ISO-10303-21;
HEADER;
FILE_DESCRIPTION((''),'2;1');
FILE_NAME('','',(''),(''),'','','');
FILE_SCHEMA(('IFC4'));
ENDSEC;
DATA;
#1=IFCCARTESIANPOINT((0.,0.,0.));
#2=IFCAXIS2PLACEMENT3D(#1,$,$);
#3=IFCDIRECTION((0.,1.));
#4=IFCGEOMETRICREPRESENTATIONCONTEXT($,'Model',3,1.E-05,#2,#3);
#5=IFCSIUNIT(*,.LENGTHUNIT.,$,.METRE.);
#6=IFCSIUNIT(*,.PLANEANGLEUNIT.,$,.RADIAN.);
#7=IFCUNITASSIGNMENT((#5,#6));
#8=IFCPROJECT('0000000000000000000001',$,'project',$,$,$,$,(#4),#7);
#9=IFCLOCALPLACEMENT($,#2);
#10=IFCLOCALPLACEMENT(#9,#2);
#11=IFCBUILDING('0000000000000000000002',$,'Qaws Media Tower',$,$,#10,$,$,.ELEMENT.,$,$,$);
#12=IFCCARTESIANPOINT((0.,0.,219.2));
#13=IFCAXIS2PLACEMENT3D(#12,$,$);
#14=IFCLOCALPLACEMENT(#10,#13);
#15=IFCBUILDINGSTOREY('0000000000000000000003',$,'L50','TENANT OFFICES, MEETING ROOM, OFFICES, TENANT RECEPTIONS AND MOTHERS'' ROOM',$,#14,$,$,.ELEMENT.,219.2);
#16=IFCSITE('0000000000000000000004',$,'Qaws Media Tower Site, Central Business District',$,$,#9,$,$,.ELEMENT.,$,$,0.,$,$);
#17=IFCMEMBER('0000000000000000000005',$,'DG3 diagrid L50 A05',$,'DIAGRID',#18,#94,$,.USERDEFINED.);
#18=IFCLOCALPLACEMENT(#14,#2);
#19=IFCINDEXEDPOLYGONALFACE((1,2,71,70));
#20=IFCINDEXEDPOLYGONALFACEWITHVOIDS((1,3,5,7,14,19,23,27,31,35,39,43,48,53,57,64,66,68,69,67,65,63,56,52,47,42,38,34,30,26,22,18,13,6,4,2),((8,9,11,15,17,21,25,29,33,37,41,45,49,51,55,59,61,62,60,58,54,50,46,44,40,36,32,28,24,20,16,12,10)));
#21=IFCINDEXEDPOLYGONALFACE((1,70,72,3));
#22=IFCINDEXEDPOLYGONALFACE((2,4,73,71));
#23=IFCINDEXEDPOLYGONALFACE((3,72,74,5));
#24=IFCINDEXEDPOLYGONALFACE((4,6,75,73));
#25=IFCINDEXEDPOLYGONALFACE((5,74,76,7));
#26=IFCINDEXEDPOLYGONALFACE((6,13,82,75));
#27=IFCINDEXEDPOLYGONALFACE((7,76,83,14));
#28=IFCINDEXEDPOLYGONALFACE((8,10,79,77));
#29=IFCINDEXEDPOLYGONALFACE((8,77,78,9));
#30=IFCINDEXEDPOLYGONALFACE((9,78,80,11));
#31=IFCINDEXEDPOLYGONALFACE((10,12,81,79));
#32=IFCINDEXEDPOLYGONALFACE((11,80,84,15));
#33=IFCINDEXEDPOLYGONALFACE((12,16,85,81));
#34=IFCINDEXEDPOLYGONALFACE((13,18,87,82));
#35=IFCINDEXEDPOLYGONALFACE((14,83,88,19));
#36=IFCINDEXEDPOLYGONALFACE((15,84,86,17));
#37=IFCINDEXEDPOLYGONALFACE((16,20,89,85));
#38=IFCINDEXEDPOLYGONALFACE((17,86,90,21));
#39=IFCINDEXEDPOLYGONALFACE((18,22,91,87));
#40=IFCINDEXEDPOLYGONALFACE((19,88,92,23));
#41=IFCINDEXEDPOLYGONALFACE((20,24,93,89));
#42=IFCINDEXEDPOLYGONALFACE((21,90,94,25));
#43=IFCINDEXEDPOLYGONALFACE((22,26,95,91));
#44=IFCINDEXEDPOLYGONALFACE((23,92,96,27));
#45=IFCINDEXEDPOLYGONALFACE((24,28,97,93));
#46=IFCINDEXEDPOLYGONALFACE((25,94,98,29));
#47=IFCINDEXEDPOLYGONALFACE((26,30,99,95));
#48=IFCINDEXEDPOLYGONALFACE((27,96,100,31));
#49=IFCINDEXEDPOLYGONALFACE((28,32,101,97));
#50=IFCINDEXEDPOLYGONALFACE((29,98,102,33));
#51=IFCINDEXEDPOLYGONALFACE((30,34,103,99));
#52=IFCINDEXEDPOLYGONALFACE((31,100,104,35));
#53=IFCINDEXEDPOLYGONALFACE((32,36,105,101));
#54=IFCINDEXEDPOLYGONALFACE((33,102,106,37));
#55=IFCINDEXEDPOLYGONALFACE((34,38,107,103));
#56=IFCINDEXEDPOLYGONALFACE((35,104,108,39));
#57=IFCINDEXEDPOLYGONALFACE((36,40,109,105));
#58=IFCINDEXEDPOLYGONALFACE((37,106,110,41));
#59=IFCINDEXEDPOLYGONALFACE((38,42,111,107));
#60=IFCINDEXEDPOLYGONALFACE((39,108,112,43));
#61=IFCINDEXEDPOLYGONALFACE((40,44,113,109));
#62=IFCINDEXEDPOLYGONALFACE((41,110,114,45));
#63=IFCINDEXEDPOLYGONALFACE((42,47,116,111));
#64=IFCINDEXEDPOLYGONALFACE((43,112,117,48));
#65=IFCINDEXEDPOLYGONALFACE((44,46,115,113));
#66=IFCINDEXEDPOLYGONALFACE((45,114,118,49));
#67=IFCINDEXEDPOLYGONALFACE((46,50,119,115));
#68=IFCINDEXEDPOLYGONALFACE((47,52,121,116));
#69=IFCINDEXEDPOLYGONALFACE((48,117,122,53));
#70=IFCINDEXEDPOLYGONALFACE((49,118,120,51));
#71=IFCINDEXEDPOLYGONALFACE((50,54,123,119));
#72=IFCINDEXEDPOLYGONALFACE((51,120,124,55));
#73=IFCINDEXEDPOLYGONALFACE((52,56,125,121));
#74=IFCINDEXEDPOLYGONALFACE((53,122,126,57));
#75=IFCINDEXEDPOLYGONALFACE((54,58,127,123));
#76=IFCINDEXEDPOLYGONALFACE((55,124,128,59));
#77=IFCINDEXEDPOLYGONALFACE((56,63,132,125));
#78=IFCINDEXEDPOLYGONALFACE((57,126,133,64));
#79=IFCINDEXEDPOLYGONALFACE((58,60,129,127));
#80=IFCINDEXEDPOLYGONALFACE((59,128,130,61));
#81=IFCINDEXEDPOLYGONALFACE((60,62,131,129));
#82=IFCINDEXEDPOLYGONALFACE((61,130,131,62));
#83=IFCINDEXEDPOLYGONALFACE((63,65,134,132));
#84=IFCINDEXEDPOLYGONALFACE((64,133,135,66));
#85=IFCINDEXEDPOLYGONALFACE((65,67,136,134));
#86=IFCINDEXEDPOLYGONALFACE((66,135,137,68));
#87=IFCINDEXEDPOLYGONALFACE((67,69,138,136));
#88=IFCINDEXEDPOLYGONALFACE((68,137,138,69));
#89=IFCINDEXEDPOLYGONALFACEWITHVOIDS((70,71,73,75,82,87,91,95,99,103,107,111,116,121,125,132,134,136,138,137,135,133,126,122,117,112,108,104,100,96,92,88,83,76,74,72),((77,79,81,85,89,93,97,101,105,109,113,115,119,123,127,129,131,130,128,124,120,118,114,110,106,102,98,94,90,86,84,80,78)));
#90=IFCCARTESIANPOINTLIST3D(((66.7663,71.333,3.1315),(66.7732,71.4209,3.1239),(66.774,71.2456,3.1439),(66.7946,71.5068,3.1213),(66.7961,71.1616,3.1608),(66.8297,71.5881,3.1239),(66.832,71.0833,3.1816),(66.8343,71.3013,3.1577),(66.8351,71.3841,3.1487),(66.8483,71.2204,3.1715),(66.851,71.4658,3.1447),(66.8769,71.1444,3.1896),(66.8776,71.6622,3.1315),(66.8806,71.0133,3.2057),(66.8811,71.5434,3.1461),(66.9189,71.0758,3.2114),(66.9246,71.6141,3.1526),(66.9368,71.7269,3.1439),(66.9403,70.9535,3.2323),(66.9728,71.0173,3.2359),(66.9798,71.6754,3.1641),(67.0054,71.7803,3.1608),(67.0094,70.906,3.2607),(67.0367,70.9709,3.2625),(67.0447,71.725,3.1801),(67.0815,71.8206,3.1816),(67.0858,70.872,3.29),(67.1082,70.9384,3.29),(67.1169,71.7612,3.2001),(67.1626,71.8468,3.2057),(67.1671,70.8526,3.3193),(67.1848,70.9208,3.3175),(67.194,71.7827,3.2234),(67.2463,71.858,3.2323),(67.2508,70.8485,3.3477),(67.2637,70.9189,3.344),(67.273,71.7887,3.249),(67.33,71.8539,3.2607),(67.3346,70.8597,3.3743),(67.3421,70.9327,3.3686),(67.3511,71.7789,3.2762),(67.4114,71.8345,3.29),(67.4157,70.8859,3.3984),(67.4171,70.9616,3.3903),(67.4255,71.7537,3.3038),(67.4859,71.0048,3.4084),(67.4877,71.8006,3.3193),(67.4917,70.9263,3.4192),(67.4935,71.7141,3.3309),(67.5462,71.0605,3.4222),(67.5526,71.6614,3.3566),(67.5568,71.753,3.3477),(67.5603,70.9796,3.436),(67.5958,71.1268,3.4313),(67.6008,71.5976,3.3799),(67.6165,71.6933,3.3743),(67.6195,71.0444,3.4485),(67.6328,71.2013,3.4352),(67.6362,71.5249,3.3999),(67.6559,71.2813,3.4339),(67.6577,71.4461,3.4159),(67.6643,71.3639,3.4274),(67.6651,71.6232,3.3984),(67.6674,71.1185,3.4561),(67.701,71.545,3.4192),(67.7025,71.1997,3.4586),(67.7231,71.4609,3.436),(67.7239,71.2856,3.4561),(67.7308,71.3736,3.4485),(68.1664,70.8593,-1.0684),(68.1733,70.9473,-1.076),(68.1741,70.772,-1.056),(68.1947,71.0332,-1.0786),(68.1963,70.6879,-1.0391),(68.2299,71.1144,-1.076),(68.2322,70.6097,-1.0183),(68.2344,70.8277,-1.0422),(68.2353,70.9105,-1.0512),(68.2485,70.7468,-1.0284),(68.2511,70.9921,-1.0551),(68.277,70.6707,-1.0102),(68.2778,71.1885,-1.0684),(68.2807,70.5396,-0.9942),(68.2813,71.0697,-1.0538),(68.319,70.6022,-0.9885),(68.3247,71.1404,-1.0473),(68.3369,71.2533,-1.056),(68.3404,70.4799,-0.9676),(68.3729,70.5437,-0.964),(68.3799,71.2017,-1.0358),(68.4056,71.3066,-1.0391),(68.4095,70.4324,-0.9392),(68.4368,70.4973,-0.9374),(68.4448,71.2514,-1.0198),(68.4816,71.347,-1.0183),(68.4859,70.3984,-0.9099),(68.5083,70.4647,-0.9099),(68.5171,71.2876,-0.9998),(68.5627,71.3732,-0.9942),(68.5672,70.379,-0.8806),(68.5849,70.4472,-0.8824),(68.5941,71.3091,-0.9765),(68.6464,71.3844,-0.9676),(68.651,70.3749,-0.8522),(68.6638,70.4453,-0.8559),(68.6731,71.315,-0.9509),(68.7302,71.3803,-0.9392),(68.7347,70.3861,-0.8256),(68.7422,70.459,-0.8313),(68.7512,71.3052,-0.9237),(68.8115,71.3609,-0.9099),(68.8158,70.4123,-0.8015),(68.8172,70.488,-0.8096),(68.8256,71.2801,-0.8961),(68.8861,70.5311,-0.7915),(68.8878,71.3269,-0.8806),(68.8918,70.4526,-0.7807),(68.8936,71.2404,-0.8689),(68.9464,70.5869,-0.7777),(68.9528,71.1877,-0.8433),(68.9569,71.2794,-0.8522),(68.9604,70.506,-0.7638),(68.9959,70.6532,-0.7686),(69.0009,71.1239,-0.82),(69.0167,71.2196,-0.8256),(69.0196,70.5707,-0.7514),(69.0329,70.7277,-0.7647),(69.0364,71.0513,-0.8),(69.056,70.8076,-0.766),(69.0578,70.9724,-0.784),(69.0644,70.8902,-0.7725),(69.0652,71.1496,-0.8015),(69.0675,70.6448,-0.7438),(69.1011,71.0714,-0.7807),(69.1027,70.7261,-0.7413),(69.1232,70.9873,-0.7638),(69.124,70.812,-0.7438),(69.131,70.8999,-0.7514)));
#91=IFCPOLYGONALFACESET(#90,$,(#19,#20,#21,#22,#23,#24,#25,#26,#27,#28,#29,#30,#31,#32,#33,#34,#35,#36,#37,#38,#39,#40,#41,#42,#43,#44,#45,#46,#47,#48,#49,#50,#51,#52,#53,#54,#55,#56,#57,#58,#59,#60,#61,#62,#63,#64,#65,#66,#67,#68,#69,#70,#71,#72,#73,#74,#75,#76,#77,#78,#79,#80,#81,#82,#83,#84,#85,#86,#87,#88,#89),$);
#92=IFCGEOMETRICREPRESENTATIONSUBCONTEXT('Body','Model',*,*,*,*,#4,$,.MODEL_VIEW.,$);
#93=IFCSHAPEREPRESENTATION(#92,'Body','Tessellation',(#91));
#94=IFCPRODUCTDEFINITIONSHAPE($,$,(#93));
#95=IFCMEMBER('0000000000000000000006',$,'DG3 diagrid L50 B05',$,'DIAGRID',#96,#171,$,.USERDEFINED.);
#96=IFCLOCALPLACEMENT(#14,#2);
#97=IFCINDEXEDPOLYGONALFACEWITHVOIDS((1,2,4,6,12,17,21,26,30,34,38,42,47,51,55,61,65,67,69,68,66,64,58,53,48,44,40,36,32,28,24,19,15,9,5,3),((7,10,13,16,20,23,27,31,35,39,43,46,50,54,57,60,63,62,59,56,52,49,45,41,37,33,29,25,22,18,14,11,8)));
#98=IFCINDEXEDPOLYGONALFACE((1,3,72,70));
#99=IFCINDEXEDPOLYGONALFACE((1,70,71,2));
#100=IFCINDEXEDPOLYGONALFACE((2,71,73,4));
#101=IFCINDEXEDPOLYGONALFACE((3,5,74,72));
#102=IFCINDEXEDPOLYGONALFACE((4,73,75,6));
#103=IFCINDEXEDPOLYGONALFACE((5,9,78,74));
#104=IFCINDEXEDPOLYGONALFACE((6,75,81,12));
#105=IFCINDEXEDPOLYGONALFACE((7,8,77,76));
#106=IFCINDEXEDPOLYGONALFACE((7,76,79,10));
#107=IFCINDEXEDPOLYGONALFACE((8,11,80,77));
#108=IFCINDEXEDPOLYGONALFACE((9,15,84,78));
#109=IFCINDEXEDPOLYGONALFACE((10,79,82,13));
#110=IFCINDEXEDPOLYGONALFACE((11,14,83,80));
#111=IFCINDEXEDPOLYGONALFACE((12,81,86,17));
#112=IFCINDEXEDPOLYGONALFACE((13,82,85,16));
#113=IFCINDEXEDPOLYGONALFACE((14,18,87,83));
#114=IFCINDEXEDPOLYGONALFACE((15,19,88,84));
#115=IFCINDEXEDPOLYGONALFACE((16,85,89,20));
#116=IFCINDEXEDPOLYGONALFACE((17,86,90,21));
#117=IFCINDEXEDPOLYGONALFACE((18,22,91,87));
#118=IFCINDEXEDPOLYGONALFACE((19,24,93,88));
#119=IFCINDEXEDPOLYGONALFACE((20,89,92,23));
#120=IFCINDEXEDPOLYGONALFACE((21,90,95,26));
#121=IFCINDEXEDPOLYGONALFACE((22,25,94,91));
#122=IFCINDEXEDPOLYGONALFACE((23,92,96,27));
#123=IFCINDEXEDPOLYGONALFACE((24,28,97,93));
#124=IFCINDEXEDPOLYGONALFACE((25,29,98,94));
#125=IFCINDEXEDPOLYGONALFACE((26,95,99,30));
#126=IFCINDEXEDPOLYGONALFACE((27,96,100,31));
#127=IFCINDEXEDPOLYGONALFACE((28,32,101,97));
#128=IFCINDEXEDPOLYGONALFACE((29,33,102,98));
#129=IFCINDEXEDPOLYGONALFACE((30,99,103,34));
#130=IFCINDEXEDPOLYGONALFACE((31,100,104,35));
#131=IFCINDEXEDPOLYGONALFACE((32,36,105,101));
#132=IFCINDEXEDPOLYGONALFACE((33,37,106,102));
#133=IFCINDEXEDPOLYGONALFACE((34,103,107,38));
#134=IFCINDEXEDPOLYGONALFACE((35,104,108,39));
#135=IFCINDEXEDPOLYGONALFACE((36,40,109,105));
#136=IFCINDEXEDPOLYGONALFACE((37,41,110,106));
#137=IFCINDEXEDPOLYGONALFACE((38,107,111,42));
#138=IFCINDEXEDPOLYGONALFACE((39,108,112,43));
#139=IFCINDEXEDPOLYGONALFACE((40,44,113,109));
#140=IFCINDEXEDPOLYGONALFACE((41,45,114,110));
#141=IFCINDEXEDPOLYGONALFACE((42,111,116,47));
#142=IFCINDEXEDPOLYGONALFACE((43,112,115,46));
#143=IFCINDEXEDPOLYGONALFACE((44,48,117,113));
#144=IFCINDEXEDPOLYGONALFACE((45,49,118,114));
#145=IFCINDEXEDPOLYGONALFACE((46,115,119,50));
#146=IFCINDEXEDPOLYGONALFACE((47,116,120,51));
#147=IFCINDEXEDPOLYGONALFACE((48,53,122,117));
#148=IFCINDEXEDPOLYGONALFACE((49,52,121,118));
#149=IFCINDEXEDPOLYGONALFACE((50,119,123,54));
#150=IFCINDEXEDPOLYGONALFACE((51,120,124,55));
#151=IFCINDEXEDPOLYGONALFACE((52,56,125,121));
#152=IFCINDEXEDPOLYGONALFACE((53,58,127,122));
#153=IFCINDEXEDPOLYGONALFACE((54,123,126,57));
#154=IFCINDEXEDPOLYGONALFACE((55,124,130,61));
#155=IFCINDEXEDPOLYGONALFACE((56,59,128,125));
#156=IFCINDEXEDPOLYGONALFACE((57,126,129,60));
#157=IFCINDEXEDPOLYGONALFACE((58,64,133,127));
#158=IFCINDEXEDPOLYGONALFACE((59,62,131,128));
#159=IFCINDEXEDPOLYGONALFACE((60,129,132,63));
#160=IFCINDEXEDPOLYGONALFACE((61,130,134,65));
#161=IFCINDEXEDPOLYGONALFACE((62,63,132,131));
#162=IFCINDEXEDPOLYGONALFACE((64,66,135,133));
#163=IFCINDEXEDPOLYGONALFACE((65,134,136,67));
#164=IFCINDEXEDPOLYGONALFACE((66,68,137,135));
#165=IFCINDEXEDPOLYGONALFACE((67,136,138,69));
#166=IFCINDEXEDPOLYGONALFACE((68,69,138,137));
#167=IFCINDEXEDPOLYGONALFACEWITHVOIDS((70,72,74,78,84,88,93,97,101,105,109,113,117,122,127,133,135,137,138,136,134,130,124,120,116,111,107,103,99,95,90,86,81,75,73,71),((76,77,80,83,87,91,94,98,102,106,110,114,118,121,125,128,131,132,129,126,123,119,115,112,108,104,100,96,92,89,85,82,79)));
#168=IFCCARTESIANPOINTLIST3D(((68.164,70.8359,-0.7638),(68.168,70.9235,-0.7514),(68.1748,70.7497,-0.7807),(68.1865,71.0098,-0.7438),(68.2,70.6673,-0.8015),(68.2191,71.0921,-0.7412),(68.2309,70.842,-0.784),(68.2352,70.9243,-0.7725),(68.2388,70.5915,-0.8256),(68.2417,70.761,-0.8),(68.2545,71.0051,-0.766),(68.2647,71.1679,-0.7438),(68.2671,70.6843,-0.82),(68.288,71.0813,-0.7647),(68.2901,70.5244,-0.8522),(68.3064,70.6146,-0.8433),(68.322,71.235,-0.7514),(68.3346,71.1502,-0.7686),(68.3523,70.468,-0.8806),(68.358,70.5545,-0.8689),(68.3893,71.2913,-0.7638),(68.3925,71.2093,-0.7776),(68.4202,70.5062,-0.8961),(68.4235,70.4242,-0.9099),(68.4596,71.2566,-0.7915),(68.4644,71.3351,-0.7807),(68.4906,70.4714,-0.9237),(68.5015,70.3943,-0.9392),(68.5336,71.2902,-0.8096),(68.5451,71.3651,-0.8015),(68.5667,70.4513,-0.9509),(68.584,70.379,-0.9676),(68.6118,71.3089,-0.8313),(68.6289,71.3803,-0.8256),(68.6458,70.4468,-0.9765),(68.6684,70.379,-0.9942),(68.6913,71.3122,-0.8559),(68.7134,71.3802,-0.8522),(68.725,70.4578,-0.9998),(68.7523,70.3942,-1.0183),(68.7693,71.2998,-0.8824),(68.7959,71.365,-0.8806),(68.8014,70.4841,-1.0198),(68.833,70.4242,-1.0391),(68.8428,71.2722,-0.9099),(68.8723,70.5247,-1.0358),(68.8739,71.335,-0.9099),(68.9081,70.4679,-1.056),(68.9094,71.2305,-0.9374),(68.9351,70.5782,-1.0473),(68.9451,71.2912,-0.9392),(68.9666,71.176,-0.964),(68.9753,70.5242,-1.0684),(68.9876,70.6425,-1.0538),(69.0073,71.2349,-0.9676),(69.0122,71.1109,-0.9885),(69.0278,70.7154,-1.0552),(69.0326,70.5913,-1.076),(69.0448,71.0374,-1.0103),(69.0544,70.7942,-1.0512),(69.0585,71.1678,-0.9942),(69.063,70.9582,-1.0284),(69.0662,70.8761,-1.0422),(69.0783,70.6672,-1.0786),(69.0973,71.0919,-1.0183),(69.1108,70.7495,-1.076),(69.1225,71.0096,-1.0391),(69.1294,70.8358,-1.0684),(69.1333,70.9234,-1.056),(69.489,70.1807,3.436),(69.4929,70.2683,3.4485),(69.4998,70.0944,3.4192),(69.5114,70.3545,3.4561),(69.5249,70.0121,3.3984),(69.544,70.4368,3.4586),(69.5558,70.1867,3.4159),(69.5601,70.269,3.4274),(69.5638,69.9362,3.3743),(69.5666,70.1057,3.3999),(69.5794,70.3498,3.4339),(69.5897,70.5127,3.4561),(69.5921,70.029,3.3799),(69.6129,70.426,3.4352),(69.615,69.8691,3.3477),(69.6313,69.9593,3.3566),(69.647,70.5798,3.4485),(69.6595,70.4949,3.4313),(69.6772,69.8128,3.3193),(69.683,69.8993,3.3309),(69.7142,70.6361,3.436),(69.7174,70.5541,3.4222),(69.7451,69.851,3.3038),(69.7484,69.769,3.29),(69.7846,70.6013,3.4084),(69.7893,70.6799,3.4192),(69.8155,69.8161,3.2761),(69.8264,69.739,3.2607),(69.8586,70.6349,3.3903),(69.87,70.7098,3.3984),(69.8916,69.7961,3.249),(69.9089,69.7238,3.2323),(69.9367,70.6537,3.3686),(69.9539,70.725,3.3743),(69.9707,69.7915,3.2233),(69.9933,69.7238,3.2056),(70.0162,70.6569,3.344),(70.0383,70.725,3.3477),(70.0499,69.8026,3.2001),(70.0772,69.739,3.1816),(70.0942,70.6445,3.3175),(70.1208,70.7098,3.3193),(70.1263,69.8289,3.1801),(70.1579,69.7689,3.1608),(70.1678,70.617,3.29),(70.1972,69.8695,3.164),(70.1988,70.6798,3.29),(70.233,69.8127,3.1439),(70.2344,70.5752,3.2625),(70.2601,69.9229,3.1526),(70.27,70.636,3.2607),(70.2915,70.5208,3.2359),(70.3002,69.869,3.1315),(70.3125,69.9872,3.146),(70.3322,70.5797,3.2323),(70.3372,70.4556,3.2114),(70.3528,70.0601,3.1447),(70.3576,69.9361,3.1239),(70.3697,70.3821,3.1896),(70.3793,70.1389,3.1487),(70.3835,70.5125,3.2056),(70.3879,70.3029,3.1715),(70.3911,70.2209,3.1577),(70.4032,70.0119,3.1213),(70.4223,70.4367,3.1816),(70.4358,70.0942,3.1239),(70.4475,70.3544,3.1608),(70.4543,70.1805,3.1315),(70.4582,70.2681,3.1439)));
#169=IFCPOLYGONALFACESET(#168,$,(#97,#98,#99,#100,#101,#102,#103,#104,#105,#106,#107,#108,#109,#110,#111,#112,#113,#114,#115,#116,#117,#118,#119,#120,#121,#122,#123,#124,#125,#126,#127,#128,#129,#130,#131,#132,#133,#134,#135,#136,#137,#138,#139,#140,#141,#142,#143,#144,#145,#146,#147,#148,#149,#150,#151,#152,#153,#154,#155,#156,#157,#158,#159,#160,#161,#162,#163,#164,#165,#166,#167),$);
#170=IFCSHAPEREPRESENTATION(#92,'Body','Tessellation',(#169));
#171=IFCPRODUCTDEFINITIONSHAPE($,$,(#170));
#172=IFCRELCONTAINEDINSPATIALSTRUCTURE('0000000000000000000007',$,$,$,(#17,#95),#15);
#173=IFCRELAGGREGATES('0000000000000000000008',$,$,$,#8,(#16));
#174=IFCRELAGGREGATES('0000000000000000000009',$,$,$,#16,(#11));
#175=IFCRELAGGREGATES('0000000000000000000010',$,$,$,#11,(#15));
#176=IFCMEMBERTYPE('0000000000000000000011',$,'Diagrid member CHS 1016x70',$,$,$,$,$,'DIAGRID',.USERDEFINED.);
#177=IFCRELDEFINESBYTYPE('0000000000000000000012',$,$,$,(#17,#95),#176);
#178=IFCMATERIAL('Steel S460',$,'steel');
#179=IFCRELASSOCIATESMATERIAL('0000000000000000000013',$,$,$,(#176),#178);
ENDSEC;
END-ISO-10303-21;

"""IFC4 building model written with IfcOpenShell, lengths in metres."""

from ifc_helpers import new_model, si_unit, direction, frame, origin, origin_2d, place, context, subcontext, project, spatial, hollow_circle, extrude, material, material_profile, profile_set, type_object, element, save


model = new_model("IFC4")

# Units and contexts
model_context = context("Model", 3, precision=1e-05, world=origin(), true_north=direction((0.0, 1.0)))
body_context = subcontext(model_context, "Body", "Model", "MODEL_VIEW")
ifc_project = project(units=[si_unit("LENGTHUNIT", "METRE"), si_unit("PLANEANGLEUNIT", "RADIAN")], contexts=[model_context])

# Site, building, storey
site_placement = place(None, origin())
site = spatial("IfcSite", under=ifc_project, at=site_placement, Name="Qaws Media Tower Site, Central Business District", CompositionType="ELEMENT", RefElevation=0.0)
building_placement = place(site_placement, origin())
building = spatial("IfcBuilding", under=site, at=building_placement, Name="Qaws Media Tower", CompositionType="ELEMENT")
storey_placement = place(building_placement, frame((0.0, 0.0, 219.2)))
storey = spatial("IfcBuildingStorey", under=building, at=storey_placement, Name="L50", Description="TENANT OFFICES, MEETING ROOM, OFFICES, TENANT RECEPTIONS AND MOTHERS' ROOM", CompositionType="ELEMENT", Elevation=219.2)

# Members
ifc_material_1 = material(Name="Steel S460", Category="steel")
ifc_material_profile_1 = material_profile(ifc_material_1, hollow_circle(Radius=0.5081, WallThickness=0.0701, at=origin_2d()), Name="CHS 1016x70")
ifc_profile_set_1 = profile_set([ifc_material_profile_1], Name="Steel S460")
member_type_1 = type_object("IfcMemberType", Name="Diagrid member CHS 1016x70", ElementType="DIAGRID", PredefinedType="USERDEFINED", material=ifc_profile_set_1)
for number, where, z_axis, x_axis, name in (
    (1, (68.6487, 70.8796, -0.9099), (-0.314466, 0.106376, 0.94329), (-0.320437, -0.94727, 0.0), "DG3 diagrid L50 A05"),
    (2, (68.6487, 70.8796, -0.9099), (0.297577, -0.147171, 0.943286), (0.443311, 0.896368, 0.0), "DG3 diagrid L50 B05"),
):
    element("IfcMember", number, at=place(storey_placement, frame(where, z_axis=z_axis, x_axis=x_axis)), inside=storey, type_object=member_type_1, Name=name, ObjectType="DIAGRID", PredefinedType="USERDEFINED", context=body_context, shape_type="SweptSolid", body=[
        extrude(hollow_circle(Radius=0.5081, WallThickness=0.0701, at=origin_2d()), origin(), (0.0, 0.0, 1.0), 4.4524),
    ])

save(model, "model.ifc")
